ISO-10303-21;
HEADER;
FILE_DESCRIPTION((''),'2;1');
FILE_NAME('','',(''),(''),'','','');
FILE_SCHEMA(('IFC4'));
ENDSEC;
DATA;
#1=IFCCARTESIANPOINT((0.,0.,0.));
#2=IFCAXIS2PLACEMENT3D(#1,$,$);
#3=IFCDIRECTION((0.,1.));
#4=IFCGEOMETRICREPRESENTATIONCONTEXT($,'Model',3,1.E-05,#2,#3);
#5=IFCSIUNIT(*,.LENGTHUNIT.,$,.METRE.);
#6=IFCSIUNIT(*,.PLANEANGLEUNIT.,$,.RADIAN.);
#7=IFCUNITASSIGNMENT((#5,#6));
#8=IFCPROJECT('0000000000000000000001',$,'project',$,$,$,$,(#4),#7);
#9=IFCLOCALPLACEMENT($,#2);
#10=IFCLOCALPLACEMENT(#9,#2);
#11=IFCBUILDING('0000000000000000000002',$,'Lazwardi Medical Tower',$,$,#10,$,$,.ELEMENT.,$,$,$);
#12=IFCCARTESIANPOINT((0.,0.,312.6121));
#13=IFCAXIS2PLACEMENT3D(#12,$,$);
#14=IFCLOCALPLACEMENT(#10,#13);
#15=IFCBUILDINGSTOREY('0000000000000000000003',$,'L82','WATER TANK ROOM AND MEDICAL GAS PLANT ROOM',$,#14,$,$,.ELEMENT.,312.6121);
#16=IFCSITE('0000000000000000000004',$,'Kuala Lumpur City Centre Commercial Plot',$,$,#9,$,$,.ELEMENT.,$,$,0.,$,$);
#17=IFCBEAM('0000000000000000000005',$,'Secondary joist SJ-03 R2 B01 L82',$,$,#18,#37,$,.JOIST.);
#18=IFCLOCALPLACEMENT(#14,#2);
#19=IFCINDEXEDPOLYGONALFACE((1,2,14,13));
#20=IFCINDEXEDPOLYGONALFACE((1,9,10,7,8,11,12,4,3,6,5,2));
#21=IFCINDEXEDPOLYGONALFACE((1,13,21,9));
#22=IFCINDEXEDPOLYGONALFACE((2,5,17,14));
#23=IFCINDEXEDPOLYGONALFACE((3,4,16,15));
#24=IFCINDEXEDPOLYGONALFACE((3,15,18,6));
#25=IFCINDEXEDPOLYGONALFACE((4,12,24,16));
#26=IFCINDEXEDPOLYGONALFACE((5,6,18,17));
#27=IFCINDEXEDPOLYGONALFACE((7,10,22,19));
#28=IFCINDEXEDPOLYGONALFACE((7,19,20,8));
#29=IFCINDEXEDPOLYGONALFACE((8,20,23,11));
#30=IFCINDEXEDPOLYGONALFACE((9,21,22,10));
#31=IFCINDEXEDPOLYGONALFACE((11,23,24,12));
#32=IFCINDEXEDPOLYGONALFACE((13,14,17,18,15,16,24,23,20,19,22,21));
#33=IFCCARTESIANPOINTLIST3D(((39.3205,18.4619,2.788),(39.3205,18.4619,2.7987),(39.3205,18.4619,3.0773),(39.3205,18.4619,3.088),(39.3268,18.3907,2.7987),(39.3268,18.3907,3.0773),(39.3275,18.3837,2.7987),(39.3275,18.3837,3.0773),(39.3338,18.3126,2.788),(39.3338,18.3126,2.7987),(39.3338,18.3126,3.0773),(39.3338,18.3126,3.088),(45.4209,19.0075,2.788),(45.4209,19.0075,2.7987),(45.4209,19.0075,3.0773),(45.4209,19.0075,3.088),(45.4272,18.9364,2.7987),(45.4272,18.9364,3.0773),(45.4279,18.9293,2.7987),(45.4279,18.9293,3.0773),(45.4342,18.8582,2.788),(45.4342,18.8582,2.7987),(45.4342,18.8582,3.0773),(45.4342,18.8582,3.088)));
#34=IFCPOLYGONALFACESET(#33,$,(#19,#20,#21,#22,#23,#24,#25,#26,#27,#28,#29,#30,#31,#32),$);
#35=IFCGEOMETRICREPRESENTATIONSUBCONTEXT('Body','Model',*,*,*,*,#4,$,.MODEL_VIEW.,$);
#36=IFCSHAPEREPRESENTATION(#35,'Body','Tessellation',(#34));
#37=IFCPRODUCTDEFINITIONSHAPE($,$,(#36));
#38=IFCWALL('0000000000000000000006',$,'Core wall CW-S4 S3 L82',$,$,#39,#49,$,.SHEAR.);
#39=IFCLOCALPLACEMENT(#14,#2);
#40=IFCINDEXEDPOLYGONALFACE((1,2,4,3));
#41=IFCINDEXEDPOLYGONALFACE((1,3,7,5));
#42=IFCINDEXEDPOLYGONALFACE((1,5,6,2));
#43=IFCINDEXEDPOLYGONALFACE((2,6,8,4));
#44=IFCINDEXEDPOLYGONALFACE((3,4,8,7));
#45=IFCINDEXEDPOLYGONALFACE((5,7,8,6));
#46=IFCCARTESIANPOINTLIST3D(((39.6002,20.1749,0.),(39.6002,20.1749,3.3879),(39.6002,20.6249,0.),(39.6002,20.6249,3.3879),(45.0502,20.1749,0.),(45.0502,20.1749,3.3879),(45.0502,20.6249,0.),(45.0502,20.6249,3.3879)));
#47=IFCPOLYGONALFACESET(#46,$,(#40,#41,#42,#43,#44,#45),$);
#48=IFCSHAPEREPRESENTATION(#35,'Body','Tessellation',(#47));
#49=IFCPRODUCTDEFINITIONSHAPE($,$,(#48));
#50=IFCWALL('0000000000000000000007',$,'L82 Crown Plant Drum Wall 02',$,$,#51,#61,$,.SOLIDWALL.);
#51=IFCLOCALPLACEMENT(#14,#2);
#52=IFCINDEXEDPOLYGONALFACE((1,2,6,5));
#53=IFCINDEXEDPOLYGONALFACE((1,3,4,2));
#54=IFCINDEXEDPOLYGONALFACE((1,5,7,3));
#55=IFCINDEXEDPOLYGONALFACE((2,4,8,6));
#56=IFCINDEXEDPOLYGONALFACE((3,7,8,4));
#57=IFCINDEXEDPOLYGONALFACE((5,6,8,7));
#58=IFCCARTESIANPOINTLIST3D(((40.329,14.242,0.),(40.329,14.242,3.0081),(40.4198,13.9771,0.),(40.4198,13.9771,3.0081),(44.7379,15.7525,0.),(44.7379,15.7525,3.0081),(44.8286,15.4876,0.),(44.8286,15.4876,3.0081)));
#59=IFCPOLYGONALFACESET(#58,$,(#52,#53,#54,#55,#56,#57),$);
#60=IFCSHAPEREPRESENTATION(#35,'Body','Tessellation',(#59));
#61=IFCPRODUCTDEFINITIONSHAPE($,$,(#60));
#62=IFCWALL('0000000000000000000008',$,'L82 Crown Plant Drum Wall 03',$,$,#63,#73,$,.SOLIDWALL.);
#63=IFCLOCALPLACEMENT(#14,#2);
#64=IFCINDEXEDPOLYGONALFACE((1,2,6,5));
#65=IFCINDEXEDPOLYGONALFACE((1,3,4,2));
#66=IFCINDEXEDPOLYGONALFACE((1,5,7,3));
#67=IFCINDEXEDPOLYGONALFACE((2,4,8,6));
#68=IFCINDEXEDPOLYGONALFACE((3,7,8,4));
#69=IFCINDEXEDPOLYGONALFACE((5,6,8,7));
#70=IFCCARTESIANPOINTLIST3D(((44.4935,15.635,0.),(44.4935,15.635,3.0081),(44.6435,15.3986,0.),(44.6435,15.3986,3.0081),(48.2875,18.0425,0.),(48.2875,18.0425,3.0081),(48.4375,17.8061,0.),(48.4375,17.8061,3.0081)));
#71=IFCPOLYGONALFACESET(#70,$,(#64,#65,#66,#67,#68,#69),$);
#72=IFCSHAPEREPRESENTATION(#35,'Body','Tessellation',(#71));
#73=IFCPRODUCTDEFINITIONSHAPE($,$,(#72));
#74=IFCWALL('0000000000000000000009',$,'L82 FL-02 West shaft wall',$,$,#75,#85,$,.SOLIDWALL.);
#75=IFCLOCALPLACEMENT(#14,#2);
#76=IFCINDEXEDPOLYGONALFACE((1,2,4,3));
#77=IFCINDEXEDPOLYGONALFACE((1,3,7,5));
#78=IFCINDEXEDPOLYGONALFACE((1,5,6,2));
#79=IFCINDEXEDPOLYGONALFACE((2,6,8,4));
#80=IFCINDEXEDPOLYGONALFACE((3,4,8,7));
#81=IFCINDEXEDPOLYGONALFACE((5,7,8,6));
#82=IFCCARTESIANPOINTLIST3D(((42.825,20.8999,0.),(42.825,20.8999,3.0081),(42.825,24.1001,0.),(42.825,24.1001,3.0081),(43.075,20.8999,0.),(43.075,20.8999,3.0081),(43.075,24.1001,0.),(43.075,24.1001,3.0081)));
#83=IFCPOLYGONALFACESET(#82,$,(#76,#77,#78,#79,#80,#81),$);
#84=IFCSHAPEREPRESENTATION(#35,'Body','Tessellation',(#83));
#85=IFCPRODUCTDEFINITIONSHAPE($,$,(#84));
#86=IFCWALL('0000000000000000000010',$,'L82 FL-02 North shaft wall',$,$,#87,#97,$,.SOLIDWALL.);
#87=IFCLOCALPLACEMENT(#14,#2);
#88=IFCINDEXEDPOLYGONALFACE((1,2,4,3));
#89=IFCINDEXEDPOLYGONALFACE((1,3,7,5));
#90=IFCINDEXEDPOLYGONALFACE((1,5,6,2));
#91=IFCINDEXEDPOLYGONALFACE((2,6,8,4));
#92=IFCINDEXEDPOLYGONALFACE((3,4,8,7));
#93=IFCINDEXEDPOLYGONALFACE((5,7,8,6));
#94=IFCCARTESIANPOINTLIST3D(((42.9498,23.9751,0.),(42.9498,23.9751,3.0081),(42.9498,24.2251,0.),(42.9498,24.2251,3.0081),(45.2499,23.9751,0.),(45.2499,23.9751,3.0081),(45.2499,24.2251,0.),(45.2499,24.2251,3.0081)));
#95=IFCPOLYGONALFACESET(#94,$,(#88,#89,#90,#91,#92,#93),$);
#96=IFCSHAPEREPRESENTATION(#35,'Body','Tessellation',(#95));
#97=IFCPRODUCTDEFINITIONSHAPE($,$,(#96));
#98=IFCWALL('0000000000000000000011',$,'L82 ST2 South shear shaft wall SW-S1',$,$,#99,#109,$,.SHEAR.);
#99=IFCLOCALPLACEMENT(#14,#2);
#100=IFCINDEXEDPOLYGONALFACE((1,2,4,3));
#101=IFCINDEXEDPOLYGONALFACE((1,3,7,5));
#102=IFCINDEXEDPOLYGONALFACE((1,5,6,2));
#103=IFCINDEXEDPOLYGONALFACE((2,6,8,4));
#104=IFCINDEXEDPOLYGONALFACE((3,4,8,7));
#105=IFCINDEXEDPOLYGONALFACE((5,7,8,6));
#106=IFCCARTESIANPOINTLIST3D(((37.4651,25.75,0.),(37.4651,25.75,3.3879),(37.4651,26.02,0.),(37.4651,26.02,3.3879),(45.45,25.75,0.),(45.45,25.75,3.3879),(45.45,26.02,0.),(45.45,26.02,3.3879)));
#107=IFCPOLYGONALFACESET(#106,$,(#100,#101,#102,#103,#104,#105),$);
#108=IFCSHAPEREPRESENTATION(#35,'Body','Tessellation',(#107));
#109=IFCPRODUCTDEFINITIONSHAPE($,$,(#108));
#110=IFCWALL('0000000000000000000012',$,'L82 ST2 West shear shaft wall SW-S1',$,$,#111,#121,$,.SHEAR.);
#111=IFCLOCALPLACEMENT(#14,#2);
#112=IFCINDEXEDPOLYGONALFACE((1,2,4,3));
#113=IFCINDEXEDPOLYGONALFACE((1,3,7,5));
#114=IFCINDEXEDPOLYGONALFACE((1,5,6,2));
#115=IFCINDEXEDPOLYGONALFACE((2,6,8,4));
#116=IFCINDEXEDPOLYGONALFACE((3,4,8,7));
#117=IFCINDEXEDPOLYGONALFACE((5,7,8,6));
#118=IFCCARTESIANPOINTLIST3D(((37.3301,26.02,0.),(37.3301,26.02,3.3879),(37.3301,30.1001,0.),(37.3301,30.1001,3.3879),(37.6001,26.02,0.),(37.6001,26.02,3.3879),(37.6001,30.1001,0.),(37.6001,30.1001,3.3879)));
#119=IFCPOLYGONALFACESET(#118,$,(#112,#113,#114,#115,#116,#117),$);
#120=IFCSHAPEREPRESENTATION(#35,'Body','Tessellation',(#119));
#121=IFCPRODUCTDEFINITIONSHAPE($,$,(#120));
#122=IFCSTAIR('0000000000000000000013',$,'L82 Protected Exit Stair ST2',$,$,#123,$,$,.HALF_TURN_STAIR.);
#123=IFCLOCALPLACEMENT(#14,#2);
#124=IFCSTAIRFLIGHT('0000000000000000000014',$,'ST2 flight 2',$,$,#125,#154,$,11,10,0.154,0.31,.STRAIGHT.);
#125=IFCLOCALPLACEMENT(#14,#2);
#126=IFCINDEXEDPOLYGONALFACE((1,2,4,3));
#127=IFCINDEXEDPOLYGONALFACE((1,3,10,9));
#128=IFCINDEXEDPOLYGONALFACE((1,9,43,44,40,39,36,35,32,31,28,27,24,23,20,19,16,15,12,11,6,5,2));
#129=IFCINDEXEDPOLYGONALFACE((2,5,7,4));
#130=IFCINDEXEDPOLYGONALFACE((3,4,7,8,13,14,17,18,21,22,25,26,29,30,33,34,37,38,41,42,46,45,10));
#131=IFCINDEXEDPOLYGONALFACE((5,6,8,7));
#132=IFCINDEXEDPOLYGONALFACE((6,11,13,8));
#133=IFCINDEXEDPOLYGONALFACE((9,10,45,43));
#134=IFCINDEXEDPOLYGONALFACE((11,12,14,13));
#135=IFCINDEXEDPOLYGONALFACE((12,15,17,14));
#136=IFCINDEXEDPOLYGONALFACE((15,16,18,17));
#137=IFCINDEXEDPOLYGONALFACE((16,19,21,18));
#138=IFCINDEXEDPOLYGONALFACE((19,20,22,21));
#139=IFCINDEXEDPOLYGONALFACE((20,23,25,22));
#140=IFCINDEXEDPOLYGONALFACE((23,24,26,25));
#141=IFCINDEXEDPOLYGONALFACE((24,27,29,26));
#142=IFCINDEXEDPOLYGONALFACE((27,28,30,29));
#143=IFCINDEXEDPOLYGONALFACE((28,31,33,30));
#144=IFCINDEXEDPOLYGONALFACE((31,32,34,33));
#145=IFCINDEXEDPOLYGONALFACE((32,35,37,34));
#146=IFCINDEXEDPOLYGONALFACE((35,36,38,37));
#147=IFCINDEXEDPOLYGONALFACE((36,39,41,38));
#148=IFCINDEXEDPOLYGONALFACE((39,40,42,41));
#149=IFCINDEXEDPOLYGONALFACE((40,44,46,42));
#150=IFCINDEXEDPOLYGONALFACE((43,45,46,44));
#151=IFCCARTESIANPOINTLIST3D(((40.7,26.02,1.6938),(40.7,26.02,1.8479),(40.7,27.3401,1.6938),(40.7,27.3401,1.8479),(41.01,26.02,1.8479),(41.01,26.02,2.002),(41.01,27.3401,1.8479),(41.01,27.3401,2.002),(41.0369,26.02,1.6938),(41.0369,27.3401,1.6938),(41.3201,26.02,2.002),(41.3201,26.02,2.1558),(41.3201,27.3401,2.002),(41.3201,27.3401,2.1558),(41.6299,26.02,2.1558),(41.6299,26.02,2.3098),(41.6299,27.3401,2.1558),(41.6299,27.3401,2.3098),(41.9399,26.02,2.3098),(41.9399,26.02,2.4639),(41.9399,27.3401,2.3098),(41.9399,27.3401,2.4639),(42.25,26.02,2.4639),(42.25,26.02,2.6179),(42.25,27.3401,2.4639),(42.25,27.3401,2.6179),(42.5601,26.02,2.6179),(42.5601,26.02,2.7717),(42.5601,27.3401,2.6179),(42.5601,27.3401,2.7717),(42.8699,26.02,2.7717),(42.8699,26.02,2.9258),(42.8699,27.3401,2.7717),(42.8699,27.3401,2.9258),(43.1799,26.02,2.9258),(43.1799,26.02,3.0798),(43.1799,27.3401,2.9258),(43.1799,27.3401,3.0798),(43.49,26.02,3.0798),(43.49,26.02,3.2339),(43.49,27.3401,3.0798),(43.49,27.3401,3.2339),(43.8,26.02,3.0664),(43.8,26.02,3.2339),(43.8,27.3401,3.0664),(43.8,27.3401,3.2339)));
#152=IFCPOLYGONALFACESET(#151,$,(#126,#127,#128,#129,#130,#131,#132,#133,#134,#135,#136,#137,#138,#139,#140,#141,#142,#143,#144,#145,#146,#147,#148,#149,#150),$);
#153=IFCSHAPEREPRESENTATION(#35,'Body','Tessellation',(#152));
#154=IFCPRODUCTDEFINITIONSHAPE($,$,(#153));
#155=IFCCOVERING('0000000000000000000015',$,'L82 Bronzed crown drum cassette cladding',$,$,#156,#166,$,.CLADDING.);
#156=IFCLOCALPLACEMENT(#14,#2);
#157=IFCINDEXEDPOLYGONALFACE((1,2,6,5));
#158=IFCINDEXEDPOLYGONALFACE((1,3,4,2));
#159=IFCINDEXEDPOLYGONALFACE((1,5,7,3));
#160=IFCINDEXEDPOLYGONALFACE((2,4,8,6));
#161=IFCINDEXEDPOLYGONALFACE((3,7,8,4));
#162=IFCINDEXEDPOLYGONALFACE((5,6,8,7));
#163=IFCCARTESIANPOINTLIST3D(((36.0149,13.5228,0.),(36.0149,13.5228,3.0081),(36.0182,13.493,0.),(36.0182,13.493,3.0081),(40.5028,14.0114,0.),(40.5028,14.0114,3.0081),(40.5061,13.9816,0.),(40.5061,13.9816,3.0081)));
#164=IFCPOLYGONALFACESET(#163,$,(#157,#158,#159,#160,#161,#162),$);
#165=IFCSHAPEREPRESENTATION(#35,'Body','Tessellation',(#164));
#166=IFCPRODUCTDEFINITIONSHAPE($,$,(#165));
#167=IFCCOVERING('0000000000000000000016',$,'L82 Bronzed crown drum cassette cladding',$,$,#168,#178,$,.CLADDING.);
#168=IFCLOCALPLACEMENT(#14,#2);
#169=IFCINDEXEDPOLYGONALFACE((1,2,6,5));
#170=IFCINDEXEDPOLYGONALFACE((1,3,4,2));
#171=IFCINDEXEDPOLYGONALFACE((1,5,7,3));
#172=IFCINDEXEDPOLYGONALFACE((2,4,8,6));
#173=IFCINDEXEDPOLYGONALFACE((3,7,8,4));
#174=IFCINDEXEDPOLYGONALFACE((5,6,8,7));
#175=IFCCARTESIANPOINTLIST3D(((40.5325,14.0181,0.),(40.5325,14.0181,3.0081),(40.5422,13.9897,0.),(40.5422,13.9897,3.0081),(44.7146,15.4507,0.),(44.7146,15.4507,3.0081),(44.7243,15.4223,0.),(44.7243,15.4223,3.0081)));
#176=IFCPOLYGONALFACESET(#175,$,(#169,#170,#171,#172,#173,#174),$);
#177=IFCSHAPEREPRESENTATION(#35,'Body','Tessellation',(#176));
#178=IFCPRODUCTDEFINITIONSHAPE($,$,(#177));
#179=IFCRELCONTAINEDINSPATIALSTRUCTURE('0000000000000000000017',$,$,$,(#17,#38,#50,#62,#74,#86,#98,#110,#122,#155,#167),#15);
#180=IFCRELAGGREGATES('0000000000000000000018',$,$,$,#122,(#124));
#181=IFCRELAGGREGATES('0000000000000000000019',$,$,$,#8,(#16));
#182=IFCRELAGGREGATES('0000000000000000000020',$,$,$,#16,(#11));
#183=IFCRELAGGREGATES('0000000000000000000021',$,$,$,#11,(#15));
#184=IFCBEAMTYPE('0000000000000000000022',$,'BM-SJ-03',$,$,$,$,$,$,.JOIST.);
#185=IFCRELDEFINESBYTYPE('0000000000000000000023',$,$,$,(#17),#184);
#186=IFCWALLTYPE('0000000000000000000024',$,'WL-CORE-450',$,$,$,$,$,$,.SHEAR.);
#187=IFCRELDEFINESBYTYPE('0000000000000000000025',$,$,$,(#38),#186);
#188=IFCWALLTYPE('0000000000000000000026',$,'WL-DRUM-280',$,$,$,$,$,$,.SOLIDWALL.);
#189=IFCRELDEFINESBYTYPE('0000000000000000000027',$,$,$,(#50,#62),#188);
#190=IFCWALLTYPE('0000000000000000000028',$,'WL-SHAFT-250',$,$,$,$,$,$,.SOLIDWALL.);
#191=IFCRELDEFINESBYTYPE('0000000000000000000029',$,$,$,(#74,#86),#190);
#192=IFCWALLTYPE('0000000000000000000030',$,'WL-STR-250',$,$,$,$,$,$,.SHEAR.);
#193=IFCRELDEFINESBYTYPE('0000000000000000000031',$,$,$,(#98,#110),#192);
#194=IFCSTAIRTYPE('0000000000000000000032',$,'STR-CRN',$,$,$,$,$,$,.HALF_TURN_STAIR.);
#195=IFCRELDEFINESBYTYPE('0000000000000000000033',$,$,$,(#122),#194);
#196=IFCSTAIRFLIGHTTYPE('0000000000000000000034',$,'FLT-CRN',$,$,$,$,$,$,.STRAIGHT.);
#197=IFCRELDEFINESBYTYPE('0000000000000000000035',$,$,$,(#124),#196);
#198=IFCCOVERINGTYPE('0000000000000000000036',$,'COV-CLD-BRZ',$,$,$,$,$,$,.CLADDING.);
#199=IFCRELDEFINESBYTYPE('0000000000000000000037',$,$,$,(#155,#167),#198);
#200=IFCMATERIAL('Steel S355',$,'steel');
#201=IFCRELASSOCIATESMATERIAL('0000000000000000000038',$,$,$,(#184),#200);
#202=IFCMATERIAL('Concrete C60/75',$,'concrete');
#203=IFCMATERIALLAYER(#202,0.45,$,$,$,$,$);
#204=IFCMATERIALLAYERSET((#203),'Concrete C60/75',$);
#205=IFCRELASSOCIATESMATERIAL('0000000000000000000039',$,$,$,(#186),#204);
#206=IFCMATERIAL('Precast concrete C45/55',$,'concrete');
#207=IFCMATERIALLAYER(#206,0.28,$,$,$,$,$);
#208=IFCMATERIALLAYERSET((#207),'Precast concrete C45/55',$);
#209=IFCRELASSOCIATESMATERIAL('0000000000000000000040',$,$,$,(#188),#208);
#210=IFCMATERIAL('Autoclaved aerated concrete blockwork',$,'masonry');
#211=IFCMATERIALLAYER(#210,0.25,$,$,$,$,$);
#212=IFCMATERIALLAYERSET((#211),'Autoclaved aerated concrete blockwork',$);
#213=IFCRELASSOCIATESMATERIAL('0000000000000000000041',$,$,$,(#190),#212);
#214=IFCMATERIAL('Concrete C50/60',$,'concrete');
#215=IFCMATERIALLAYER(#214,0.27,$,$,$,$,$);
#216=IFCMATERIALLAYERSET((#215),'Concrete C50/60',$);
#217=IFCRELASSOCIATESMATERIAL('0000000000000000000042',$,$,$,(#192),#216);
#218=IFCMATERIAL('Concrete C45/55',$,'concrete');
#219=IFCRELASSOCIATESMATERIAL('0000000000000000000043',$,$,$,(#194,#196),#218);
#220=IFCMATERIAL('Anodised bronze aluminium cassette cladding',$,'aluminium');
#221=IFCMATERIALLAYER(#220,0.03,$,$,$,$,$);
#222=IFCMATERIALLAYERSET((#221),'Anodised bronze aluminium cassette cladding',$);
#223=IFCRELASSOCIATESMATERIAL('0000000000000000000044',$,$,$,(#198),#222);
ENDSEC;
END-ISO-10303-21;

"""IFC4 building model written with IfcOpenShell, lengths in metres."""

from ifc_helpers import new_model, si_unit, direction, frame, frame_2d, origin, origin_2d, place, context, subcontext, project, spatial, polyline, rectangle, i_section, outline, extrude, material, layer, layer_set, material_profile, profile_set, type_object, element, aggregate, save


model = new_model("IFC4")

# Units and contexts
model_context = context("Model", 3, precision=1e-05, world=origin(), true_north=direction((0.0, 1.0)))
body_context = subcontext(model_context, "Body", "Model", "MODEL_VIEW")
ifc_project = project(units=[si_unit("LENGTHUNIT", "METRE"), si_unit("PLANEANGLEUNIT", "RADIAN")], contexts=[model_context])

# Site, building, storey
site_placement = place(None, origin())
site = spatial("IfcSite", under=ifc_project, at=site_placement, Name="Kuala Lumpur City Centre Commercial Plot", CompositionType="ELEMENT", RefElevation=0.0)
building_placement = place(site_placement, origin())
building = spatial("IfcBuilding", under=site, at=building_placement, Name="Lazwardi Medical Tower", CompositionType="ELEMENT")
storey_placement = place(building_placement, frame((0.0, 0.0, 312.6121)))
storey = spatial("IfcBuildingStorey", under=building, at=storey_placement, Name="L82", Description="WATER TANK ROOM AND MEDICAL GAS PLANT ROOM", CompositionType="ELEMENT", Elevation=312.6121)

# Shared definitions
ifc_material_1 = material(Name="Concrete C60/75", Category="concrete")

# Beam
ifc_material_2 = material(Name="Steel S355", Category="steel")
ifc_material_profile_1 = material_profile(ifc_material_2, i_section(OverallWidth=0.1499, OverallDepth=0.3, WebThickness=0.0071, FlangeThickness=0.0107, at=origin_2d()), Name="IPE 300")
ifc_profile_set_1 = profile_set([ifc_material_profile_1], Name="Steel S355")
beam_type_1 = type_object("IfcBeamType", Name="BM-SJ-03", PredefinedType="JOIST", material=ifc_profile_set_1)
beam_1_placement = place(storey_placement, frame((39.3271, 18.3872, 2.938), z_axis=(0.996024, 0.089091, 0.0), x_axis=(-0.089091, 0.996024, 0.0)))
element("IfcBeam", 1, at=beam_1_placement, inside=storey, type_object=beam_type_1, Name="Secondary joist SJ-03 R2 B01 L82", PredefinedType="JOIST", context=body_context, shape_type="SweptSolid", body=[
    extrude(i_section(OverallWidth=0.1499, OverallDepth=0.3, WebThickness=0.0071, FlangeThickness=0.0107, at=origin_2d()), origin(), (0.0, 0.0, 1.0), 6.1248),
])

# Walls
ifc_layer_1 = layer(ifc_material_1, 0.45)
ifc_layer_set_1 = layer_set([ifc_layer_1], Name="Concrete C60/75")
wall_type_1 = type_object("IfcWallType", Name="WL-CORE-450", PredefinedType="SHEAR", material=ifc_layer_set_1)
wall_1_placement = place(storey_placement, frame((39.6001, 20.3999, 0.0), z_axis=(0.0, 0.0, 1.0), x_axis=(1.0, 0.0, 0.0)))
element("IfcWall", 2, at=wall_1_placement, inside=storey, type_object=wall_type_1, Name="Core wall CW-S4 S3 L82", PredefinedType="SHEAR", context=body_context, shape_type="SweptSolid", body=[
    extrude(rectangle(XDim=5.45, YDim=0.45, at=frame_2d((2.7251, 0.0))), origin(), (0.0, 0.0, 1.0), 3.3879),
])
ifc_material_3 = material(Name="Precast concrete C45/55", Category="concrete")
ifc_layer_2 = layer(ifc_material_3, 0.28)
ifc_layer_set_2 = layer_set([ifc_layer_2], Name="Precast concrete C45/55")
wall_type_2 = type_object("IfcWallType", Name="WL-DRUM-280", PredefinedType="SOLIDWALL", material=ifc_layer_set_2)
wall_2_placement = place(storey_placement, frame((40.3745, 14.1096, 0.0), z_axis=(0.0, 0.0, 1.0), x_axis=(0.946021, 0.324106, 0.0)))
element("IfcWall", 3, at=wall_2_placement, inside=storey, type_object=wall_type_2, Name="L82 Crown Plant Drum Wall 02", PredefinedType="SOLIDWALL", context=body_context, shape_type="SweptSolid", body=[
    extrude(rectangle(XDim=4.6604, YDim=0.28, at=frame_2d((2.3301, 0.0))), origin(), (0.0, 0.0, 1.0), 3.0081),
])
wall_3_placement = place(storey_placement, frame((44.5686, 15.5168, 0.0), z_axis=(0.0, 0.0, 1.0), x_axis=(0.844352, 0.535789, 0.0)))
element("IfcWall", 4, at=wall_3_placement, inside=storey, type_object=wall_type_2, Name="L82 Crown Plant Drum Wall 03", PredefinedType="SOLIDWALL", context=body_context, shape_type="SweptSolid", body=[
    extrude(rectangle(XDim=4.4934, YDim=0.28, at=frame_2d((2.2466, 0.0))), origin(), (0.0, 0.0, 1.0), 3.0081),
])
ifc_material_4 = material(Name="Autoclaved aerated concrete blockwork", Category="masonry")
ifc_layer_3 = layer(ifc_material_4, 0.25)
ifc_layer_set_3 = layer_set([ifc_layer_3], Name="Autoclaved aerated concrete blockwork")
wall_type_3 = type_object("IfcWallType", Name="WL-SHAFT-250", PredefinedType="SOLIDWALL", material=ifc_layer_set_3)
wall_4_placement = place(storey_placement, frame((42.95, 20.8999, 0.0), z_axis=(0.0, 0.0, 1.0), x_axis=(0.0, 1.0, 0.0)))
element("IfcWall", 5, at=wall_4_placement, inside=storey, type_object=wall_type_3, Name="L82 FL-02 West shaft wall", PredefinedType="SOLIDWALL", context=body_context, shape_type="SweptSolid", body=[
    extrude(rectangle(XDim=3.2002, YDim=0.25, at=frame_2d((1.6001, 0.0))), origin(), (0.0, 0.0, 1.0), 3.0081),
])
wall_5_placement = place(storey_placement, frame((42.95, 24.1001, 0.0), z_axis=(0.0, 0.0, 1.0), x_axis=(1.0, 0.0, 0.0)))
element("IfcWall", 6, at=wall_5_placement, inside=storey, type_object=wall_type_3, Name="L82 FL-02 North shaft wall", PredefinedType="SOLIDWALL", context=body_context, shape_type="SweptSolid", body=[
    extrude(rectangle(XDim=2.3, YDim=0.25, at=frame_2d((1.1499, 0.0))), origin(), (0.0, 0.0, 1.0), 3.0081),
])
ifc_material_5 = material(Name="Concrete C50/60", Category="concrete")
ifc_layer_4 = layer(ifc_material_5, 0.27)
ifc_layer_set_4 = layer_set([ifc_layer_4], Name="Concrete C50/60")
wall_type_4 = type_object("IfcWallType", Name="WL-STR-250", PredefinedType="SHEAR", material=ifc_layer_set_4)
wall_6_placement = place(storey_placement, frame((37.4651, 25.885, 0.0), z_axis=(0.0, 0.0, 1.0), x_axis=(1.0, 0.0, 0.0)))
element("IfcWall", 7, at=wall_6_placement, inside=storey, type_object=wall_type_4, Name="L82 ST2 South shear shaft wall SW-S1", PredefinedType="SHEAR", context=body_context, shape_type="SweptSolid", body=[
    extrude(rectangle(XDim=7.9849, YDim=0.27, at=frame_2d((3.9924, 0.0))), origin(), (0.0, 0.0, 1.0), 3.3879),
])
wall_7_placement = place(storey_placement, frame((37.4651, 26.02, 0.0), z_axis=(0.0, 0.0, 1.0), x_axis=(0.0, 1.0, 0.0)))
element("IfcWall", 8, at=wall_7_placement, inside=storey, type_object=wall_type_4, Name="L82 ST2 West shear shaft wall SW-S1", PredefinedType="SHEAR", context=body_context, shape_type="SweptSolid", body=[
    extrude(rectangle(XDim=4.0801, YDim=0.27, at=frame_2d((2.04, 0.0))), origin(), (0.0, 0.0, 1.0), 3.3879),
])

# Stair, stair flight
ifc_material_6 = material(Name="Concrete C45/55", Category="concrete")
stair_type = type_object("IfcStairType", Name="STR-CRN", PredefinedType="HALF_TURN_STAIR", material=ifc_material_6)
stair_placement = place(storey_placement, origin())
stair = element("IfcStair", 9, at=stair_placement, inside=storey, type_object=stair_type, Name="L82 Protected Exit Stair ST2", PredefinedType="HALF_TURN_STAIR")
stair_flight_type = type_object("IfcStairFlightType", Name="FLT-CRN", PredefinedType="STRAIGHT", material=ifc_material_6)
stair_flight_placement = place(storey_placement, frame((40.7, 26.6799, 1.6938), z_axis=(0.0, 0.0, 1.0), x_axis=(1.0, 0.0, 0.0)))
stair_flight = element("IfcStairFlight", 10, at=stair_flight_placement, type_object=stair_flight_type, Name="ST2 flight 2", NumberOfRisers=11, NumberOfTreads=10, PredefinedType="STRAIGHT", RiserHeight=0.154, TreadLength=0.31, context=body_context, shape_type="SweptSolid", body=[
    extrude(outline(polyline([(0.0, 0.0), (0.0, 0.1541), (0.3101, 0.1541), (0.3101, 0.3081), (0.6201, 0.3081), (0.6201, 0.4619), (0.9299, 0.4619), (0.9299, 0.616), (1.24, 0.616), (1.24, 0.77), (1.55, 0.77), (1.55, 0.9241), (1.8601, 0.9241), (1.8601, 1.0779), (2.1699, 1.0779), (2.1699, 1.2319), (2.48, 1.2319), (2.48, 1.386), (2.79, 1.386), (2.79, 1.54), (3.1001, 1.54), (3.1001, 1.6941), (3.1001, 1.3726), (0.3369, 0.0), (0.0, 0.0)])), frame((0.0, 0.6602, 0.0), z_axis=(0.0, -1.0, 0.0), x_axis=(1.0, 0.0, 0.0)), (0.0, 0.0, 1.0), 1.3201),
])
aggregate(stair, [stair_flight])

# Coverings
ifc_material_7 = material(Name="Anodised bronze aluminium cassette cladding", Category="aluminium")
ifc_layer_5 = layer(ifc_material_7, 0.03)
ifc_layer_set_5 = layer_set([ifc_layer_5], Name="Anodised bronze aluminium cassette cladding")
covering_type = type_object("IfcCoveringType", Name="COV-CLD-BRZ", PredefinedType="CLADDING", material=ifc_layer_set_5)
covering_1_placement = place(storey_placement, frame((38.2605, 13.7522, 0.0), z_axis=(0.0, 0.0, 1.0), x_axis=(0.994126, 0.10823, 0.0)))
element("IfcCovering", 11, at=covering_1_placement, inside=storey, type_object=covering_type, Name="L82 Bronzed crown drum cassette cladding", PredefinedType="CLADDING", context=body_context, shape_type="SweptSolid", body=[
    extrude(rectangle(XDim=4.5144, YDim=0.03, at=origin_2d()), origin(), (0.0, 0.0, 1.0), 3.0081),
])
covering_2_placement = place(storey_placement, frame((42.6284, 14.7202, 0.0), z_axis=(0.0, 0.0, 1.0), x_axis=(0.946033, 0.324069, 0.0)))
element("IfcCovering", 12, at=covering_2_placement, inside=storey, type_object=covering_type, Name="L82 Bronzed crown drum cassette cladding", PredefinedType="CLADDING", context=body_context, shape_type="SweptSolid", body=[
    extrude(rectangle(XDim=4.4207, YDim=0.03, at=origin_2d()), origin(), (0.0, 0.0, 1.0), 3.0081),
])

save(model, "model.ifc")
